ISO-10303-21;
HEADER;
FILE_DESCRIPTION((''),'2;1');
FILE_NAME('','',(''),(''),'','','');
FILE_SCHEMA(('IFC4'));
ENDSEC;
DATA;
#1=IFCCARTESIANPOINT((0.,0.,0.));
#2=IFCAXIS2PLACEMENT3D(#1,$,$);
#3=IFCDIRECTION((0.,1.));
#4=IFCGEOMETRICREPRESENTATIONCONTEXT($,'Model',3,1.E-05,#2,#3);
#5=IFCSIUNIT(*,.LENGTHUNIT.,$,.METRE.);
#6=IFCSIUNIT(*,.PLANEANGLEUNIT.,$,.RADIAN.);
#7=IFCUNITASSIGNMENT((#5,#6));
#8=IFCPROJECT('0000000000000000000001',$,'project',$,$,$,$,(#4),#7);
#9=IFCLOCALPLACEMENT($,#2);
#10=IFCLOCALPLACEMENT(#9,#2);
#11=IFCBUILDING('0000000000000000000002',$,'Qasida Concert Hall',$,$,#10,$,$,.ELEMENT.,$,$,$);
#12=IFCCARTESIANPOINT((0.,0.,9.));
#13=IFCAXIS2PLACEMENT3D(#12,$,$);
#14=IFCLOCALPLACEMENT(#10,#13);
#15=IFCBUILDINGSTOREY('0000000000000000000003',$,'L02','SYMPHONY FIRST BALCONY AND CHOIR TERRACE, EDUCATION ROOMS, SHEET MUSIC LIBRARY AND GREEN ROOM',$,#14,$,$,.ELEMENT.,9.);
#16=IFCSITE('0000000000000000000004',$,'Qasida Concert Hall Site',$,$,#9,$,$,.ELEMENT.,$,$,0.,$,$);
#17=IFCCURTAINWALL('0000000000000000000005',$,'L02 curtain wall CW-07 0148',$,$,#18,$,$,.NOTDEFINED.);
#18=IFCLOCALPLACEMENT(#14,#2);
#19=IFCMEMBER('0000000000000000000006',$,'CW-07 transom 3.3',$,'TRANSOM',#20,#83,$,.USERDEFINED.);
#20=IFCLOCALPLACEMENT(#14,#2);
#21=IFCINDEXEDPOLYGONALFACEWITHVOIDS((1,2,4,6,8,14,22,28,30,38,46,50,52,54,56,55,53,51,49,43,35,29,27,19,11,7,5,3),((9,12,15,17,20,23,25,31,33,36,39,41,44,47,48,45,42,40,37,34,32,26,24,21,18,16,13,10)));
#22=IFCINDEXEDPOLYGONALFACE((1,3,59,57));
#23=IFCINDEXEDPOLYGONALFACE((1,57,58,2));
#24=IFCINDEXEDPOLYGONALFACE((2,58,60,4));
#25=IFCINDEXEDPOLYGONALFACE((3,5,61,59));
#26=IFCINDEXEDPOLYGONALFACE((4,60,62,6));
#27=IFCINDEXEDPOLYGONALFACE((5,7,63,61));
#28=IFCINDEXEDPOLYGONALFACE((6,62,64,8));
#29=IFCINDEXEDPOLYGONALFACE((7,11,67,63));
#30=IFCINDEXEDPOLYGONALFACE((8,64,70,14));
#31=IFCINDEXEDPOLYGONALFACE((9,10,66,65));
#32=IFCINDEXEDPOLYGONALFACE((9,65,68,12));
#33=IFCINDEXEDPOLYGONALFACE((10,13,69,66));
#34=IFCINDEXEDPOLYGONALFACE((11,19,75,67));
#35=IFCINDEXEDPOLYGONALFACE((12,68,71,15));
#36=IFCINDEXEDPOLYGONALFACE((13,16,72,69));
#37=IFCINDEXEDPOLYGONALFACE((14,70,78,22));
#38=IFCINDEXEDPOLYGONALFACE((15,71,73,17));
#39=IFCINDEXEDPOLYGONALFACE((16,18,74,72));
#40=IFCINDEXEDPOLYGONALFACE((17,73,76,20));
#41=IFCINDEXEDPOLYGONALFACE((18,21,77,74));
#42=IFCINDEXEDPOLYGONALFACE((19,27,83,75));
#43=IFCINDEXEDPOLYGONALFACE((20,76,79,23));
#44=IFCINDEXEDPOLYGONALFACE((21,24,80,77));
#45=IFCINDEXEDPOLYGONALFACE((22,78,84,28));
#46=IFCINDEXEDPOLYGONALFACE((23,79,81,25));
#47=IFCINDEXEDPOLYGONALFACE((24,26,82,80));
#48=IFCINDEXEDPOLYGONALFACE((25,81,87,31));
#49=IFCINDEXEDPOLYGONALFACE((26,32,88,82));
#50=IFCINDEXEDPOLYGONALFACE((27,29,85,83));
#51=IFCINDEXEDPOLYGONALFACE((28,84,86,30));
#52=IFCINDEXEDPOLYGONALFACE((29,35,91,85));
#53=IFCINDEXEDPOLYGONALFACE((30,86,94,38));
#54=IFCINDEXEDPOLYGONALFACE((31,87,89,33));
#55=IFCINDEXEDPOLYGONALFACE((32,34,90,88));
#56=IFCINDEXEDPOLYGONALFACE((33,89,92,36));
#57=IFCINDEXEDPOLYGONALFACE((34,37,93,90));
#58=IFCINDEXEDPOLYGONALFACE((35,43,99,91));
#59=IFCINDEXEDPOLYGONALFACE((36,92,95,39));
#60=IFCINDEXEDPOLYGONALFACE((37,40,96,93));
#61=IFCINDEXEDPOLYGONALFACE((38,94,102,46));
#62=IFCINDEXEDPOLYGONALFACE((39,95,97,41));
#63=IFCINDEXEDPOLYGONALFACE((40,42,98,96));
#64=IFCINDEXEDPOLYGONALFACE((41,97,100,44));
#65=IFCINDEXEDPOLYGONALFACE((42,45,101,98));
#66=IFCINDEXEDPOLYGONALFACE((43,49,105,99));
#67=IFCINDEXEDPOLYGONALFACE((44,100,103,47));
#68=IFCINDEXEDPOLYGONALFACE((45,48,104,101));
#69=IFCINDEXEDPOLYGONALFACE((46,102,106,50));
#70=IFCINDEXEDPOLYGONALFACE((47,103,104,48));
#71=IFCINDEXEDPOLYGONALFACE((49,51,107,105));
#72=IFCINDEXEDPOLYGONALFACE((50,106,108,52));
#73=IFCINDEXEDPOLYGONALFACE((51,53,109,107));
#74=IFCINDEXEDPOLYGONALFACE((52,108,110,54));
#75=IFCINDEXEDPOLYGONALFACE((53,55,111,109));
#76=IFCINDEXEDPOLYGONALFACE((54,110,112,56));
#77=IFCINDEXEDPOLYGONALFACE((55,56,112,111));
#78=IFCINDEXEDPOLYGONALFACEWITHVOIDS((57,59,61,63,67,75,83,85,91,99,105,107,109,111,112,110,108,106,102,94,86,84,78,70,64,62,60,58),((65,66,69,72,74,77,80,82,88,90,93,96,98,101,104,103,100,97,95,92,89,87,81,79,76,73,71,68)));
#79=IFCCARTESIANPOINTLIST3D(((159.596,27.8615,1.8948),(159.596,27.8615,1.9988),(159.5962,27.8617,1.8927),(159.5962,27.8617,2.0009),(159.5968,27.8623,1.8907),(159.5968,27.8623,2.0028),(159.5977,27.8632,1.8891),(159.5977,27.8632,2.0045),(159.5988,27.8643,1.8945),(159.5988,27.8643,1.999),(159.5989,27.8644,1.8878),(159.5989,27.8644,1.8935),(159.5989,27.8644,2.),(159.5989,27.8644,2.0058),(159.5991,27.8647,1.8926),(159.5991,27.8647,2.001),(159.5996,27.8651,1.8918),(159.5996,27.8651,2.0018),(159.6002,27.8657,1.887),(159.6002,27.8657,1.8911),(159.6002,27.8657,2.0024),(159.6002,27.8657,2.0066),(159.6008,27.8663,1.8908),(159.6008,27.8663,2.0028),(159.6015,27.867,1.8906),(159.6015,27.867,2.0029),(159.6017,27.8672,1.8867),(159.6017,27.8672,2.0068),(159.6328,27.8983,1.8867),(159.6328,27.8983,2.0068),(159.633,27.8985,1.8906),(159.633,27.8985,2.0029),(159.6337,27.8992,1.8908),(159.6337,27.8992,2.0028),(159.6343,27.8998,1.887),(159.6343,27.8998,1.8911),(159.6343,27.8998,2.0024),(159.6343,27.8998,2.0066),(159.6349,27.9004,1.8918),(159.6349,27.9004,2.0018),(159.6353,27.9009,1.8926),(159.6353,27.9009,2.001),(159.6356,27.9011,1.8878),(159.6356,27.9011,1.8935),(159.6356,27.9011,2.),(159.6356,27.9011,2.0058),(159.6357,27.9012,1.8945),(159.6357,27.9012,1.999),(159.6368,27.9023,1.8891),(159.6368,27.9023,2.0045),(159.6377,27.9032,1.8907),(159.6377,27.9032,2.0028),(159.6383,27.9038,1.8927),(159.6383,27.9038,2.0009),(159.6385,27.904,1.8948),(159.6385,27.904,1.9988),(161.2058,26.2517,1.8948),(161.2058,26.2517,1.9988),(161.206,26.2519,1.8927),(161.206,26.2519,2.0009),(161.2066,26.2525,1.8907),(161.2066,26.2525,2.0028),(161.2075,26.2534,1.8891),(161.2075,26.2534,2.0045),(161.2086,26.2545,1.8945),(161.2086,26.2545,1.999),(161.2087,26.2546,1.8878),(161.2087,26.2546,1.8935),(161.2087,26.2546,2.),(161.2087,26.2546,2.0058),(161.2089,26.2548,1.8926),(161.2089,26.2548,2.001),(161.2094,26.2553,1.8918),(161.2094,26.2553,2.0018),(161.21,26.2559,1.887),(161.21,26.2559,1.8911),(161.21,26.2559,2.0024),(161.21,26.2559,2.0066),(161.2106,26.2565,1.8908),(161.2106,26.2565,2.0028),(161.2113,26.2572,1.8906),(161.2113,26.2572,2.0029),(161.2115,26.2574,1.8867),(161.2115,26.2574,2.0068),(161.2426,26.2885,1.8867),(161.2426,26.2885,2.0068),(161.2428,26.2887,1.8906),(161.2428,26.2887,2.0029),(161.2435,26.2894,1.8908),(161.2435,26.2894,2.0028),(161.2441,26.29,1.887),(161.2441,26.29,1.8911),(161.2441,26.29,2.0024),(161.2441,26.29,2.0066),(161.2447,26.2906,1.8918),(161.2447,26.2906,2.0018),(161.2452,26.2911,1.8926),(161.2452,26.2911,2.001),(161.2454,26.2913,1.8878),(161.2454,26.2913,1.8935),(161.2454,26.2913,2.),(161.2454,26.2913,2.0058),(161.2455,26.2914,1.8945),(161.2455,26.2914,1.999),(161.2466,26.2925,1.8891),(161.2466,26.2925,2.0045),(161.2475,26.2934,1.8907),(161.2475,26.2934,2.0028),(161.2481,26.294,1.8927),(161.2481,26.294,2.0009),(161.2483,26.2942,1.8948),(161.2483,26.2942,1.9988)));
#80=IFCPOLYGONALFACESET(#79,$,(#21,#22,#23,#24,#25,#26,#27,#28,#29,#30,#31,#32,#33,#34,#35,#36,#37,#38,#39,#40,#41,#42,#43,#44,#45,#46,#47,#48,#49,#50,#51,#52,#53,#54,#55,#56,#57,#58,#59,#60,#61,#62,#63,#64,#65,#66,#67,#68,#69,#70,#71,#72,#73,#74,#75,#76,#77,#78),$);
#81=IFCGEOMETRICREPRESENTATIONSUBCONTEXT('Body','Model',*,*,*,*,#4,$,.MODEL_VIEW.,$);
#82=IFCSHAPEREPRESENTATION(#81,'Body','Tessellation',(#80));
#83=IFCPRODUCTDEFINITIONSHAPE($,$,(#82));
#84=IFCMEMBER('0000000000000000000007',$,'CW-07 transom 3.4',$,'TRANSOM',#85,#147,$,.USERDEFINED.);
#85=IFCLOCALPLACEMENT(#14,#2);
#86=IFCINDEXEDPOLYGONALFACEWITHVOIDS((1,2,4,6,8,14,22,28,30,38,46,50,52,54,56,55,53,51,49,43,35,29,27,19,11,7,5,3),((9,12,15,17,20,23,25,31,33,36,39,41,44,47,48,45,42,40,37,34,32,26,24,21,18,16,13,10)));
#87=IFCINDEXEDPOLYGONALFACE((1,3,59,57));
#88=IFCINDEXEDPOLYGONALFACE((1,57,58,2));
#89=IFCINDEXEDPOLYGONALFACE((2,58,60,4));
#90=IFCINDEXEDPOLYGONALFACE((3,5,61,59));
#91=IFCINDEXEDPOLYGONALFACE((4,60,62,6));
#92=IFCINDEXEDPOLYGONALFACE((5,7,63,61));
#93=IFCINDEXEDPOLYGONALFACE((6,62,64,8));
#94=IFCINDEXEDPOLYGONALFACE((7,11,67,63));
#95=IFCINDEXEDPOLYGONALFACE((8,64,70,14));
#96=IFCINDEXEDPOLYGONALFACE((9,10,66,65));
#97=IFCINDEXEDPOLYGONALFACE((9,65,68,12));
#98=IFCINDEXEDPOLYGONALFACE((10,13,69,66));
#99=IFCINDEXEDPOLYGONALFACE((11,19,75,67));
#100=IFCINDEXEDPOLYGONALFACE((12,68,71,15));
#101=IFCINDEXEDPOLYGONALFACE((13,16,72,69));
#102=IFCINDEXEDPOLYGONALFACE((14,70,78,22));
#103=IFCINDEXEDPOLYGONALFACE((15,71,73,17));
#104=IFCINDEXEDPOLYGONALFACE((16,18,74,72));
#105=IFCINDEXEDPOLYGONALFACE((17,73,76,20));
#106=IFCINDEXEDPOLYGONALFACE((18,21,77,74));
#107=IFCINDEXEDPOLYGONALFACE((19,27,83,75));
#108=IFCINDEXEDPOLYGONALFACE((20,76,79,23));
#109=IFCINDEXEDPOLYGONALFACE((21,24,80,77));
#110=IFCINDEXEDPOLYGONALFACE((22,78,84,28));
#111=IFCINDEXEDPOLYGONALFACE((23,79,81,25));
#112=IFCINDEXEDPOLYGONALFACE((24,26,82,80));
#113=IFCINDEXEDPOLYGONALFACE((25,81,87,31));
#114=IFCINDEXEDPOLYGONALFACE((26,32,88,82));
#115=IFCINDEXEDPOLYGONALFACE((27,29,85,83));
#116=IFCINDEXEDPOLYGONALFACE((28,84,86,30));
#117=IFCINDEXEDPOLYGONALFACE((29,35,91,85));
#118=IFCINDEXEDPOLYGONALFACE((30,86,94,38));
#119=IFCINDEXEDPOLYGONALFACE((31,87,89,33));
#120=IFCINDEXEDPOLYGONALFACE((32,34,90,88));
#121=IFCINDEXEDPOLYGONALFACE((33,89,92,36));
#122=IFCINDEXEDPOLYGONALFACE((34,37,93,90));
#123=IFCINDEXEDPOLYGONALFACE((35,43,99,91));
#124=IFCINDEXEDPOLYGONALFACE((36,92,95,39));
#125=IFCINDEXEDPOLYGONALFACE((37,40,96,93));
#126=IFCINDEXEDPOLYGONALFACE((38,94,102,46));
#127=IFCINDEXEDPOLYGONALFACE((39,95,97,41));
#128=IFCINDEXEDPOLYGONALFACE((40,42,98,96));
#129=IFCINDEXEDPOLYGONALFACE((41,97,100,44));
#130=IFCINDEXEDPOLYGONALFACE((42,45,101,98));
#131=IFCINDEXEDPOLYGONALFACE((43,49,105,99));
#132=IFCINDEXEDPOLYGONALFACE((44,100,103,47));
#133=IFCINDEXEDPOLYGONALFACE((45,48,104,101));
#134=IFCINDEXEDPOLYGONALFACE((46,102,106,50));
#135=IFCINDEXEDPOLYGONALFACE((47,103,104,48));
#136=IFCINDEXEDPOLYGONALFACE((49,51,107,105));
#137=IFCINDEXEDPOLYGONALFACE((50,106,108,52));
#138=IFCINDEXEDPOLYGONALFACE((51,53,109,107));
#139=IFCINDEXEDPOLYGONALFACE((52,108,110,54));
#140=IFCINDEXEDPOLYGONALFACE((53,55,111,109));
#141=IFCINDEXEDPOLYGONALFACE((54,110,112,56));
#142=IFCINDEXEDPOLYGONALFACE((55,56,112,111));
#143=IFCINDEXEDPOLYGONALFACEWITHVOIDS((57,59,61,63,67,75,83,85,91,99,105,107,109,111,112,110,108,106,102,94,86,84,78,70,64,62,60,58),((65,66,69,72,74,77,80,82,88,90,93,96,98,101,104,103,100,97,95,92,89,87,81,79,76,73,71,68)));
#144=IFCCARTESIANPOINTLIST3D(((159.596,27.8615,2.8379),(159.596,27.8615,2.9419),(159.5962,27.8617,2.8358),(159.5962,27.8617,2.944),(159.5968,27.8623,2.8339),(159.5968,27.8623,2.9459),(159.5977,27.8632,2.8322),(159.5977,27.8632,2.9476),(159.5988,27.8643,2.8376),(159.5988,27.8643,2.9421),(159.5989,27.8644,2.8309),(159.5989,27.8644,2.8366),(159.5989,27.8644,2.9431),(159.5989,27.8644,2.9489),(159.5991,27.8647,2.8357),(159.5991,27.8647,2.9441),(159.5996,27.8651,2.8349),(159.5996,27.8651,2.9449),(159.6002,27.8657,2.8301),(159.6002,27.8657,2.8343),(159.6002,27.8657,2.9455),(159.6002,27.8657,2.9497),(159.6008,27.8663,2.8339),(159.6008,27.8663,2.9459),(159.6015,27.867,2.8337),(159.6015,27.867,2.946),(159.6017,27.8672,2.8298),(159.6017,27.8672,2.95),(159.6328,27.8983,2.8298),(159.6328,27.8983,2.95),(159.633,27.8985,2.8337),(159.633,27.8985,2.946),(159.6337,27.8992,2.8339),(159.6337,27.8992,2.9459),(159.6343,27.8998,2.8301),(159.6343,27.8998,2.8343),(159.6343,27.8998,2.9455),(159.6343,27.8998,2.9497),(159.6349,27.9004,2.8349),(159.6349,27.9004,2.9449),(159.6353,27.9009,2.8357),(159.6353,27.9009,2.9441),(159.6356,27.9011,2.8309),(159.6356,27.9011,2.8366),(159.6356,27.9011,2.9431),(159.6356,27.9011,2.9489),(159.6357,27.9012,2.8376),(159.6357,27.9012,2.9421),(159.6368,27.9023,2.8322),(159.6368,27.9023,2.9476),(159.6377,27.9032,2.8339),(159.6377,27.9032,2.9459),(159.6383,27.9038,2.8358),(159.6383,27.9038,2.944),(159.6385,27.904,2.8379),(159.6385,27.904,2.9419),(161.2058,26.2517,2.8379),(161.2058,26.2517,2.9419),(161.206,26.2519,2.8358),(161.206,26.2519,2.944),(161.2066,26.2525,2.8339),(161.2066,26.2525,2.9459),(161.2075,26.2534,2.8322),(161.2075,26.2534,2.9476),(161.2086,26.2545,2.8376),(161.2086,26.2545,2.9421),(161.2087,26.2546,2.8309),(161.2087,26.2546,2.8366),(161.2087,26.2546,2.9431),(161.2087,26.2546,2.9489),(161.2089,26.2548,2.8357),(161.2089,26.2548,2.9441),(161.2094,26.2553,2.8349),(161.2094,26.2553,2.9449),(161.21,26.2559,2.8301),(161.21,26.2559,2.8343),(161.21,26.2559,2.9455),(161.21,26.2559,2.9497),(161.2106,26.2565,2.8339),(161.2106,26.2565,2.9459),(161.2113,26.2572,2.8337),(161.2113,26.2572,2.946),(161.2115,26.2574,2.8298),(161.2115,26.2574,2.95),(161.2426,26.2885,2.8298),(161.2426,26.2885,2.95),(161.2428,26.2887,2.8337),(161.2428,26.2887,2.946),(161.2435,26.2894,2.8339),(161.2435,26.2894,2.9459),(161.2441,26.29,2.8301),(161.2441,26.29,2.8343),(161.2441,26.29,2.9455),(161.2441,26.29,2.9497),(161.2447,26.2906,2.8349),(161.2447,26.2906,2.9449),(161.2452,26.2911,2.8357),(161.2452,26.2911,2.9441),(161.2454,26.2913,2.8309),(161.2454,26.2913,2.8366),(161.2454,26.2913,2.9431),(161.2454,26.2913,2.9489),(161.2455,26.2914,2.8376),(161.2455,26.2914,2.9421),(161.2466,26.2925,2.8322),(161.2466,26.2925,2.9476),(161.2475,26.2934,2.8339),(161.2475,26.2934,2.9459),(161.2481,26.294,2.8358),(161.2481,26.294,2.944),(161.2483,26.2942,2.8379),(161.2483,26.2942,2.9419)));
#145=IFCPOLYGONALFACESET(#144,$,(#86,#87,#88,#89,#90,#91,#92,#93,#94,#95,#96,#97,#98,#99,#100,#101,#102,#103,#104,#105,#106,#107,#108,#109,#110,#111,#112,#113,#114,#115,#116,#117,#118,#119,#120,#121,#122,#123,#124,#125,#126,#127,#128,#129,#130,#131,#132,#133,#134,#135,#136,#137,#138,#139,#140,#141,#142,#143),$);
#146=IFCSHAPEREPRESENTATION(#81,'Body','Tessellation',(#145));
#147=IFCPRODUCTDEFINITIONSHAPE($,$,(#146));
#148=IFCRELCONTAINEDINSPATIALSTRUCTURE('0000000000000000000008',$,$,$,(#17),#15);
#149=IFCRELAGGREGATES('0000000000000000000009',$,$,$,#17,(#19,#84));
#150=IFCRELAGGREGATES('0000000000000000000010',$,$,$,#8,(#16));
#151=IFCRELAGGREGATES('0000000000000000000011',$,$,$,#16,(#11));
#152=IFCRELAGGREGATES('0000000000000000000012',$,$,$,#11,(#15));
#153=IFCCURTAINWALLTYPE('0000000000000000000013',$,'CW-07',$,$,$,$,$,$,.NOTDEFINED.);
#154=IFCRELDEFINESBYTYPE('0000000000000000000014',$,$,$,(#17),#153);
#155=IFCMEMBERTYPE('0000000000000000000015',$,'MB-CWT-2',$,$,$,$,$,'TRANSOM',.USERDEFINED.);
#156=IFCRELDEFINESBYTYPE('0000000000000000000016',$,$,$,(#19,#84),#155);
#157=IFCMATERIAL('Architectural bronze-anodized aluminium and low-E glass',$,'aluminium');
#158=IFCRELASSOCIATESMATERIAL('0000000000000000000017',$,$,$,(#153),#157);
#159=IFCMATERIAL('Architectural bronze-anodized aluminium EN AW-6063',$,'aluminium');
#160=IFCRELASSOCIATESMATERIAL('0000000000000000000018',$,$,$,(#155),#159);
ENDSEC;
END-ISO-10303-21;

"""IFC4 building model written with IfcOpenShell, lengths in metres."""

from ifc_helpers import new_model, si_unit, direction, frame, origin, origin_2d, place, context, subcontext, project, spatial, hollow_rectangle, extrude, material, material_profile, profile_set, type_object, element, aggregate, save


model = new_model("IFC4")

# Units and contexts
model_context = context("Model", 3, precision=1e-05, world=origin(), true_north=direction((0.0, 1.0)))
body_context = subcontext(model_context, "Body", "Model", "MODEL_VIEW")
ifc_project = project(units=[si_unit("LENGTHUNIT", "METRE"), si_unit("PLANEANGLEUNIT", "RADIAN")], contexts=[model_context])

# Site, building, storey
site_placement = place(None, origin())
site = spatial("IfcSite", under=ifc_project, at=site_placement, Name="Qasida Concert Hall Site", CompositionType="ELEMENT", RefElevation=0.0)
building_placement = place(site_placement, origin())
building = spatial("IfcBuilding", under=site, at=building_placement, Name="Qasida Concert Hall", CompositionType="ELEMENT")
storey_placement = place(building_placement, frame((0.0, 0.0, 9.0)))
storey = spatial("IfcBuildingStorey", under=building, at=storey_placement, Name="L02", Description="SYMPHONY FIRST BALCONY AND CHOIR TERRACE, EDUCATION ROOMS, SHEET MUSIC LIBRARY AND GREEN ROOM", CompositionType="ELEMENT", Elevation=9.0)

# Curtain wall, members
ifc_material_1 = material(Name="Architectural bronze-anodized aluminium and low-E glass", Category="aluminium")
curtain_wall_type = type_object("IfcCurtainWallType", Name="CW-07", PredefinedType="NOTDEFINED", material=ifc_material_1)
curtain_wall_placement = place(storey_placement, origin())
curtain_wall = element("IfcCurtainWall", 1, at=curtain_wall_placement, inside=storey, type_object=curtain_wall_type, Name="L02 curtain wall CW-07 0148", PredefinedType="NOTDEFINED")
ifc_material_2 = material(Name="Architectural bronze-anodized aluminium EN AW-6063", Category="aluminium")
ifc_material_profile_1 = material_profile(ifc_material_2, hollow_rectangle(XDim=0.0601, YDim=0.1201, WallThickness=0.0039, InnerFilletRadius=0.0039, OuterFilletRadius=0.0081, at=origin_2d()), Name="CWT 120x60x4")
ifc_profile_set_1 = profile_set([ifc_material_profile_1], Name="Architectural bronze-anodized aluminium EN AW-6063")
member_type_1 = type_object("IfcMemberType", Name="MB-CWT-2", ElementType="TRANSOM", PredefinedType="USERDEFINED", material=ifc_profile_set_1)
member_1_placement = place(storey_placement, frame((161.2271, 26.2729, 1.9468), z_axis=(-0.707107, 0.707107, 0.0), x_axis=(-0.707107, -0.707107, 0.0)))
member_1 = element("IfcMember", 2, at=member_1_placement, type_object=member_type_1, Name="CW-07 transom 3.3", ObjectType="TRANSOM", PredefinedType="USERDEFINED", context=body_context, shape_type="SweptSolid", body=[
    extrude(hollow_rectangle(XDim=0.0601, YDim=0.1201, WallThickness=0.0039, InnerFilletRadius=0.0039, OuterFilletRadius=0.0081, at=origin_2d()), origin(), (0.0, 0.0, 1.0), 2.2766),
])
member_2_placement = place(storey_placement, frame((161.2271, 26.2729, 2.8899), z_axis=(-0.707107, 0.707107, 0.0), x_axis=(-0.707107, -0.707107, 0.0)))
member_2 = element("IfcMember", 3, at=member_2_placement, type_object=member_type_1, Name="CW-07 transom 3.4", ObjectType="TRANSOM", PredefinedType="USERDEFINED", context=body_context, shape_type="SweptSolid", body=[
    extrude(hollow_rectangle(XDim=0.0601, YDim=0.1201, WallThickness=0.0039, InnerFilletRadius=0.0039, OuterFilletRadius=0.0081, at=origin_2d()), origin(), (0.0, 0.0, 1.0), 2.2766),
])
aggregate(curtain_wall, [member_1, member_2])

save(model, "model.ifc")
